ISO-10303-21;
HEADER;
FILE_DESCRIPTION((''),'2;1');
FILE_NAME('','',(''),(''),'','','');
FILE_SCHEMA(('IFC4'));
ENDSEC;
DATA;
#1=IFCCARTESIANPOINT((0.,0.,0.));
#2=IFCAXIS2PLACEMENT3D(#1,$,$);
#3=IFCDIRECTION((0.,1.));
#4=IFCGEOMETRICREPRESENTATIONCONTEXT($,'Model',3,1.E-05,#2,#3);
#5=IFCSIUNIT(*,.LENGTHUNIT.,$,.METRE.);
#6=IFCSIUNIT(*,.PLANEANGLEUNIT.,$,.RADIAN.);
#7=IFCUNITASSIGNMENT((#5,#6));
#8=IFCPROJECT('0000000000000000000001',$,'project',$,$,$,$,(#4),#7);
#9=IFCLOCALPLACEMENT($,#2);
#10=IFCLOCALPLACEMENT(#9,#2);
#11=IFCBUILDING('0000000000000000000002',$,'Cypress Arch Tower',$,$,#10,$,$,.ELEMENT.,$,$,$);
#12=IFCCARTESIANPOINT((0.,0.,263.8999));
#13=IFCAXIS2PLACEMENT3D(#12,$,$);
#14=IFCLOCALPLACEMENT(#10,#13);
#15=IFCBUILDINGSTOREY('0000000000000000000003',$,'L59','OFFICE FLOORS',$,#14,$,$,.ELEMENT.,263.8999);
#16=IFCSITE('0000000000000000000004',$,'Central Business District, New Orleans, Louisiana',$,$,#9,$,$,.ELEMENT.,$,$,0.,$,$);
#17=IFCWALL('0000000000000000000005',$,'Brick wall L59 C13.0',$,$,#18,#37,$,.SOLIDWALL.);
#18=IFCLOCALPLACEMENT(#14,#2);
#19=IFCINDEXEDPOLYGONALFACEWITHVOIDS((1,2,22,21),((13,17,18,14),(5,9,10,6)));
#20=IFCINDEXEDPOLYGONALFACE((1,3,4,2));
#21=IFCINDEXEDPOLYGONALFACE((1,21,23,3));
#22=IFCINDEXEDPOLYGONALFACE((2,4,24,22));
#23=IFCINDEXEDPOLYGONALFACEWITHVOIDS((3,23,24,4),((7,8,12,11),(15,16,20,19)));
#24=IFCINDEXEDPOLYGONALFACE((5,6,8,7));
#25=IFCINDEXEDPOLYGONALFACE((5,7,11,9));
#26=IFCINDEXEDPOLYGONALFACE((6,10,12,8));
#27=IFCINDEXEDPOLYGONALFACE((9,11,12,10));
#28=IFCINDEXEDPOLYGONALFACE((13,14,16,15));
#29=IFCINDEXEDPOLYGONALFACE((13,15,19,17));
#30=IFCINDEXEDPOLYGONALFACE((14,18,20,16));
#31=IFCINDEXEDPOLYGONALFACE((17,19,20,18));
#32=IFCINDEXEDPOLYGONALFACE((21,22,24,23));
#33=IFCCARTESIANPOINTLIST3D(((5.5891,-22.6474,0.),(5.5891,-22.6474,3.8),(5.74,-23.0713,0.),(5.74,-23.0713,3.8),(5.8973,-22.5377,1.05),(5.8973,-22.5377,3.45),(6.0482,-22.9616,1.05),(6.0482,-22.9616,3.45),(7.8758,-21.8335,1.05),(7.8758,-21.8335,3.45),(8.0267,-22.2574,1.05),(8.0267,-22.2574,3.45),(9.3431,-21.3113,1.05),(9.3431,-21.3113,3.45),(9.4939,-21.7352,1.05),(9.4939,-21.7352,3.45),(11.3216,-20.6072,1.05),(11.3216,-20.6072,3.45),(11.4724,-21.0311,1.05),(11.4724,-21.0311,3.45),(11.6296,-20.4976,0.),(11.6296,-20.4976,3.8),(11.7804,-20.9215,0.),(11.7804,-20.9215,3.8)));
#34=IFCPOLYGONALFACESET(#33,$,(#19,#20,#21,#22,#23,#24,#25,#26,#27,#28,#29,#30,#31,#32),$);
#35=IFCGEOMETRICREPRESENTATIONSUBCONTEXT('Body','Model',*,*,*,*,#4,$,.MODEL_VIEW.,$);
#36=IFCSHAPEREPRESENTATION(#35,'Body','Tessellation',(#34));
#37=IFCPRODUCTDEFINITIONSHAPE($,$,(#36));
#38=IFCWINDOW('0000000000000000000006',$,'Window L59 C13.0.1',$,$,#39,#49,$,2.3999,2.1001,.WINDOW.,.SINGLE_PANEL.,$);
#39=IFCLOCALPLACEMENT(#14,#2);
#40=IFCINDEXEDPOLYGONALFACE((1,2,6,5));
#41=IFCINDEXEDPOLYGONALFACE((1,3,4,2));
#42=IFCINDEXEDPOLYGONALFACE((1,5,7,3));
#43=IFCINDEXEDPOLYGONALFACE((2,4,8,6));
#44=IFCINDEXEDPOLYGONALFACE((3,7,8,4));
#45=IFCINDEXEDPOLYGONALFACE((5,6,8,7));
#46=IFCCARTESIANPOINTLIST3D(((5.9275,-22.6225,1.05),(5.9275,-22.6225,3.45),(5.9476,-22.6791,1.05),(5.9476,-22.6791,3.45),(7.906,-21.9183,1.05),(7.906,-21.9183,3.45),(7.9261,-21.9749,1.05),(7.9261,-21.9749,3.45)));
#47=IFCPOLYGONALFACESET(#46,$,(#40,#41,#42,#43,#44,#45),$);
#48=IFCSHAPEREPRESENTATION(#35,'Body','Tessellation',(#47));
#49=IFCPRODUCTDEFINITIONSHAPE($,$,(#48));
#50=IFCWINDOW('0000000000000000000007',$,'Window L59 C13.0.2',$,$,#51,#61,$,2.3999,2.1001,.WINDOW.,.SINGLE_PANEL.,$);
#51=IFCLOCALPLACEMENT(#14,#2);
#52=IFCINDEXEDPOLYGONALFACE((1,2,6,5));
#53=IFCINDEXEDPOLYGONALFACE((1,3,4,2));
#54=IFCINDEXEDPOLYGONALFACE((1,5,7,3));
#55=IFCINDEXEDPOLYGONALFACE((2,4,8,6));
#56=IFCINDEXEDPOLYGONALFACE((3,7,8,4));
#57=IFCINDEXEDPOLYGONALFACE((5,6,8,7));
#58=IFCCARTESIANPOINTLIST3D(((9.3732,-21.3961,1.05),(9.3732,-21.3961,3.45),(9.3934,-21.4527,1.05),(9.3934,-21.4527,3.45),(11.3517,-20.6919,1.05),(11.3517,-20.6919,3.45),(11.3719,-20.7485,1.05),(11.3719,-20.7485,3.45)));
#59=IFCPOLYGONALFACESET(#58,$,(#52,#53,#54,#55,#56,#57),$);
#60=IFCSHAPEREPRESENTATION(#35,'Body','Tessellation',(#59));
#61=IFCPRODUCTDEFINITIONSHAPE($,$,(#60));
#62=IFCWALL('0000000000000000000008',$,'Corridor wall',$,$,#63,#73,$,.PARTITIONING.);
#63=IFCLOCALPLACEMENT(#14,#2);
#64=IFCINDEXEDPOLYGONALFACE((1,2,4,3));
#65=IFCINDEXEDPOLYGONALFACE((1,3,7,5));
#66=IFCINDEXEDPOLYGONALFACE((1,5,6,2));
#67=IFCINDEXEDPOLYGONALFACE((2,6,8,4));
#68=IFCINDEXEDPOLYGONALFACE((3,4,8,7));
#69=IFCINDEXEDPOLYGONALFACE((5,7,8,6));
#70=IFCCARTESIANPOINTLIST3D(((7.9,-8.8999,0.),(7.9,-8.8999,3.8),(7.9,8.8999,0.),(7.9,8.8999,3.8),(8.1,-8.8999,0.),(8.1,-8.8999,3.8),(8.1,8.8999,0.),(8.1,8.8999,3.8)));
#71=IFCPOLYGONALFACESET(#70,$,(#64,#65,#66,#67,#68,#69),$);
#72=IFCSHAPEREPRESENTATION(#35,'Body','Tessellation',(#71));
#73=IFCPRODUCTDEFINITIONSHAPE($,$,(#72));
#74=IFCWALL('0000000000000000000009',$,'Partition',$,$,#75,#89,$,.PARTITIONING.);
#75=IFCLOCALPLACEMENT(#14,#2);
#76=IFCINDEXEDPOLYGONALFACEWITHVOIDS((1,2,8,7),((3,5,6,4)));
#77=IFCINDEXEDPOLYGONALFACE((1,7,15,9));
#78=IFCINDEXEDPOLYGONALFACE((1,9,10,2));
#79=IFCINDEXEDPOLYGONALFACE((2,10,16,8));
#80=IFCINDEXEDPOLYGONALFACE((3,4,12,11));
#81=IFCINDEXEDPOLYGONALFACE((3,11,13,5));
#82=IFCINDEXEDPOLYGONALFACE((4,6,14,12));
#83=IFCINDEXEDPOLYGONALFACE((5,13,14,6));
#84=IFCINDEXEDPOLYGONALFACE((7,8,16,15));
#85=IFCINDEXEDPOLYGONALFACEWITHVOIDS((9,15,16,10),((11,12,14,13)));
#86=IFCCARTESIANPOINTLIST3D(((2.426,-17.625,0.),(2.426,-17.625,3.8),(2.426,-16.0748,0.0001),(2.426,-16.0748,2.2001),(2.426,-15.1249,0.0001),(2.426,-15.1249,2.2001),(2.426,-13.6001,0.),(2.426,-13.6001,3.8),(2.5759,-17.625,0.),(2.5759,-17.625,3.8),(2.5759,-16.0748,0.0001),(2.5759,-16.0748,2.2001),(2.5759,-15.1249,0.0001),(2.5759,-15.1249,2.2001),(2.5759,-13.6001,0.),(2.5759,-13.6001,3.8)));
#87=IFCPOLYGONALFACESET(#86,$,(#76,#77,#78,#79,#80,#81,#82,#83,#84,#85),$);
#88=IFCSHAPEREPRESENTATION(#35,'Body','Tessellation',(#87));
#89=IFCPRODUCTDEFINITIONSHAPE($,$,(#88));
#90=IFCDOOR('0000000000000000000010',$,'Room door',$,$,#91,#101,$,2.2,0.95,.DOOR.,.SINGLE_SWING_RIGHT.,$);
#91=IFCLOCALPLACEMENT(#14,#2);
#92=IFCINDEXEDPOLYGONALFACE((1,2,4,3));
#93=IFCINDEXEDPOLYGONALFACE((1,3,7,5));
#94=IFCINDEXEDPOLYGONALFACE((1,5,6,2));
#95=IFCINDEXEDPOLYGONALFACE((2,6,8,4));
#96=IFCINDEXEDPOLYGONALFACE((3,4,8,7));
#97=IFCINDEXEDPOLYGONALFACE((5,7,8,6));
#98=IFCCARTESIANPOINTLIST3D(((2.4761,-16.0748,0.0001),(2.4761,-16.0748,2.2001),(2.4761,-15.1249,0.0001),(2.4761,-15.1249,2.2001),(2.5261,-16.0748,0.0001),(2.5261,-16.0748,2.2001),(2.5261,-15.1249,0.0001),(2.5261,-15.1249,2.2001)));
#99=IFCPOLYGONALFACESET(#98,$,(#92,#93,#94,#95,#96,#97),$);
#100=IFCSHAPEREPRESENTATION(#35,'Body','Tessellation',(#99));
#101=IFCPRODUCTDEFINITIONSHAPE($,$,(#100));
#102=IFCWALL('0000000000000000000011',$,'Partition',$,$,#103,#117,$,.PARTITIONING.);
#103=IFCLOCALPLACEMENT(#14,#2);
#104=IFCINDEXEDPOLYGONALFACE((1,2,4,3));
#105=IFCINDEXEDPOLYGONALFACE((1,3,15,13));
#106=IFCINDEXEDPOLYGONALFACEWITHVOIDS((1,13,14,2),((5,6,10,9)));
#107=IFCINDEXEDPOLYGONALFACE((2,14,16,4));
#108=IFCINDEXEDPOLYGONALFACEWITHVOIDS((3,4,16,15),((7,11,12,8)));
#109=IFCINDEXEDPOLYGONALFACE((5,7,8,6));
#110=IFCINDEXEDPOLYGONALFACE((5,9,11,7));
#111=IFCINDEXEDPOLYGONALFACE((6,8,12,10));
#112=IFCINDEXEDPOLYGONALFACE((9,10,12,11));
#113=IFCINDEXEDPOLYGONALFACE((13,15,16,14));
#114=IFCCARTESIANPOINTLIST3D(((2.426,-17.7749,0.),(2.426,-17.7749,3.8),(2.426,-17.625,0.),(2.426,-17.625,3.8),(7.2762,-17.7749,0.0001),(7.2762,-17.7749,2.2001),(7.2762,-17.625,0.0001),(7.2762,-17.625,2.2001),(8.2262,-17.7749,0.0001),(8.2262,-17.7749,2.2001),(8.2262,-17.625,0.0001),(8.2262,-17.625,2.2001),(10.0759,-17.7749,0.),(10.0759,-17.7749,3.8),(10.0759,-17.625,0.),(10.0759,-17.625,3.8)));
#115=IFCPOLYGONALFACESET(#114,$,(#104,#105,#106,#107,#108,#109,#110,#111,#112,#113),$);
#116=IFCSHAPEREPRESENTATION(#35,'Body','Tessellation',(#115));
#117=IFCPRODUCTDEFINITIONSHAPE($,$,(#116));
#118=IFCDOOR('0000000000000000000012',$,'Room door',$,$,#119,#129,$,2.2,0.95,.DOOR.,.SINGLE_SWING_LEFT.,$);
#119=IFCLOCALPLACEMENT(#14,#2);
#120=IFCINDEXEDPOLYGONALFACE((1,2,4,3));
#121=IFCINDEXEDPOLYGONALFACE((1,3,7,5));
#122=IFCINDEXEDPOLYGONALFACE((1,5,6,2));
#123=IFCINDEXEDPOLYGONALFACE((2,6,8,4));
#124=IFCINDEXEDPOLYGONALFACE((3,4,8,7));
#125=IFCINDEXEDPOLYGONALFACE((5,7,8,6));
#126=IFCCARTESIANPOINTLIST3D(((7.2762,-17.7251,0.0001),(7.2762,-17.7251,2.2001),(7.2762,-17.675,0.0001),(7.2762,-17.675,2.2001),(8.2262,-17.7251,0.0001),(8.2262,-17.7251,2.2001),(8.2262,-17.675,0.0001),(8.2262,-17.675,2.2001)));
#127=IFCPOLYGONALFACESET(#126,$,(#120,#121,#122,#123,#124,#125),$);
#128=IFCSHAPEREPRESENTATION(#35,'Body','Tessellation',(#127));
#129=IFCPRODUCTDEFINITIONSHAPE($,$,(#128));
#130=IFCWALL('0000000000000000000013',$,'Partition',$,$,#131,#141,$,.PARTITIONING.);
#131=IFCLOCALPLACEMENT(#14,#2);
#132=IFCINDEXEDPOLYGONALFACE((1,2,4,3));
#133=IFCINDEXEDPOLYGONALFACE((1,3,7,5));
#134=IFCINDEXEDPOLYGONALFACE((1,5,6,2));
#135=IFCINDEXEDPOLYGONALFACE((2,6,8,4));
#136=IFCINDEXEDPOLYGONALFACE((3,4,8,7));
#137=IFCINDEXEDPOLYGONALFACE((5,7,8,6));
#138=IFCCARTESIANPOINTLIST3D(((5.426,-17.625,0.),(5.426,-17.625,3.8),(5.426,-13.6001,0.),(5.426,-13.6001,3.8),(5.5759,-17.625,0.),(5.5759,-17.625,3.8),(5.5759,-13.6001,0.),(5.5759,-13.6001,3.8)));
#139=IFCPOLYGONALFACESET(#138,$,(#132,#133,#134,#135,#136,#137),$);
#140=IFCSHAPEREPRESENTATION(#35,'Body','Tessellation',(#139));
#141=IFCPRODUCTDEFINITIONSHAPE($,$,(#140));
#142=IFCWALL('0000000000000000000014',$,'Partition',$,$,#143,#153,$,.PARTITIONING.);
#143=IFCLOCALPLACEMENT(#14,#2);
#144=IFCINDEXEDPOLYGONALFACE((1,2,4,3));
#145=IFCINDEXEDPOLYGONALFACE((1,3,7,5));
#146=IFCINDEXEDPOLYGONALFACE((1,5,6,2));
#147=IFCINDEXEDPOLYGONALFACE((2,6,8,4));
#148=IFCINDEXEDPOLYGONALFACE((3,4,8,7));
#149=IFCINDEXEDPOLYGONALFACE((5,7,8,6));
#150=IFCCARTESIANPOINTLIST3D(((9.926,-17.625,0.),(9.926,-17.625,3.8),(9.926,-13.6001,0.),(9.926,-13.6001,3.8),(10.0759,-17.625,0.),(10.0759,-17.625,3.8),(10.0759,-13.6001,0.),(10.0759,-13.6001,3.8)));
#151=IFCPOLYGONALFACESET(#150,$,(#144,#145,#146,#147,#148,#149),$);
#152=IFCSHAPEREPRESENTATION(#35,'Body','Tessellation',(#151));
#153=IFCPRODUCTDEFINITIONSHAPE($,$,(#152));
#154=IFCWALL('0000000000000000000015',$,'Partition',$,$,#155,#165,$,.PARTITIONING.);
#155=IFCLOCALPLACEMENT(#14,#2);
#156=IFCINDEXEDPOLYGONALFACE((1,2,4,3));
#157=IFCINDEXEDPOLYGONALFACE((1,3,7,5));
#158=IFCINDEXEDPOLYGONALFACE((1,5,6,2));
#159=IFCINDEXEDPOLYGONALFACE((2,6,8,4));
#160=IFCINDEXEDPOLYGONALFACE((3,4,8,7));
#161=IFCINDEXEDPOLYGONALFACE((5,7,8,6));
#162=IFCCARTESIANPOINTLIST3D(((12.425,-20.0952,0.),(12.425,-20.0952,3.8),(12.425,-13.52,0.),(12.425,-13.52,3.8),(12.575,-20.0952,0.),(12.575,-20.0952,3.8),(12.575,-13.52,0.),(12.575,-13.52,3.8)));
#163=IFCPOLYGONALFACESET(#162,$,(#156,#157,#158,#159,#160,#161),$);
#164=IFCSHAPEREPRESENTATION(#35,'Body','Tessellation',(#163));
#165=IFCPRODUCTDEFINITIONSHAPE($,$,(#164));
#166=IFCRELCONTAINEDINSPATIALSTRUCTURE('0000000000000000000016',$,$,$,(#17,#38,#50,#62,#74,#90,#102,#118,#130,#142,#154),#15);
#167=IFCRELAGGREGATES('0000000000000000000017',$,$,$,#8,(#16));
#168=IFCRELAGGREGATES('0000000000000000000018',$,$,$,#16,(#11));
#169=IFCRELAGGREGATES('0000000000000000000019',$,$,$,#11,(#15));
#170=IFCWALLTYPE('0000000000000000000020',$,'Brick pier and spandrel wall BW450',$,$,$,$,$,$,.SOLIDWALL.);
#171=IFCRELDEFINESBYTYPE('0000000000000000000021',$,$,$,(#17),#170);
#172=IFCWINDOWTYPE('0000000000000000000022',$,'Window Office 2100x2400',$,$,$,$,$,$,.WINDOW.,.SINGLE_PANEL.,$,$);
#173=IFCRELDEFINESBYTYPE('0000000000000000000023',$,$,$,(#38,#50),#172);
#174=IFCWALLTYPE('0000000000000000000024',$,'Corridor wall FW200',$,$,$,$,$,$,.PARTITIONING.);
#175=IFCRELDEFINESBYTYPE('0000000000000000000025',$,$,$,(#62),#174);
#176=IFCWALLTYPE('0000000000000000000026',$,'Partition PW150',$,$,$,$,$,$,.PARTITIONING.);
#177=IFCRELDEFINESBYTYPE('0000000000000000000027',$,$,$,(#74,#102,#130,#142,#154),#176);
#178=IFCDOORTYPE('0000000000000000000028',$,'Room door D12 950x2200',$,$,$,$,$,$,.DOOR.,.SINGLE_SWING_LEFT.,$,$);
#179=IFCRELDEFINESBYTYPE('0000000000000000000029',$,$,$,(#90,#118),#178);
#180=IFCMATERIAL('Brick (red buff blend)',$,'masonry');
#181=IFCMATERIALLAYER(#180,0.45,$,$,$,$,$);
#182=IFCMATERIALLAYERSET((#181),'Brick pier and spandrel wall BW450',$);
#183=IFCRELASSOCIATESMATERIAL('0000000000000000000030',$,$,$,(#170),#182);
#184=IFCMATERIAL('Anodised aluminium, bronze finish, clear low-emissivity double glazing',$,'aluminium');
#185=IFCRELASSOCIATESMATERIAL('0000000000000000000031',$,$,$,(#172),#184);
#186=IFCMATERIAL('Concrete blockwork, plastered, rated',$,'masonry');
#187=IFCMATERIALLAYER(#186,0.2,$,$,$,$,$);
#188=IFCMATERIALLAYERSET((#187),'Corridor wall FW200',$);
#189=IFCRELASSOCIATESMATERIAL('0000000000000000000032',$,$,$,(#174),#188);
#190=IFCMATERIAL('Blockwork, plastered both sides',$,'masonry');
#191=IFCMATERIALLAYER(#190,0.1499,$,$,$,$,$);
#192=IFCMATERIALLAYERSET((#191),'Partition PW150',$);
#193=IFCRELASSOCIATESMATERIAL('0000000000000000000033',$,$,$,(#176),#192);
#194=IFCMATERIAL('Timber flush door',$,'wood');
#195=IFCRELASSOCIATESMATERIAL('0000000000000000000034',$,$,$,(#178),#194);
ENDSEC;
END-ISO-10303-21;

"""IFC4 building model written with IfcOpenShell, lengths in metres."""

from ifc_helpers import new_model, si_unit, direction, frame, frame_2d, origin, place, context, subcontext, project, spatial, rectangle, extrude, material, layer, layer_set, type_object, element, fill, save


model = new_model("IFC4")

# Units and contexts
model_context = context("Model", 3, precision=1e-05, world=origin(), true_north=direction((0.0, 1.0)))
body_context = subcontext(model_context, "Body", "Model", "MODEL_VIEW")
ifc_project = project(units=[si_unit("LENGTHUNIT", "METRE"), si_unit("PLANEANGLEUNIT", "RADIAN")], contexts=[model_context])

# Site, building, storey
site_placement = place(None, origin())
site = spatial("IfcSite", under=ifc_project, at=site_placement, Name="Central Business District, New Orleans, Louisiana", CompositionType="ELEMENT", RefElevation=0.0)
building_placement = place(site_placement, origin())
building = spatial("IfcBuilding", under=site, at=building_placement, Name="Cypress Arch Tower", CompositionType="ELEMENT")
storey_placement = place(building_placement, frame((0.0, 0.0, 263.8999)))
storey = spatial("IfcBuildingStorey", under=building, at=storey_placement, Name="L59", Description="OFFICE FLOORS", CompositionType="ELEMENT", Elevation=263.8999)

# Wall, openings, windows
ifc_material_1 = material(Name="Brick (red buff blend)", Category="masonry")
ifc_layer_1 = layer(ifc_material_1, 0.45)
ifc_layer_set_1 = layer_set([ifc_layer_1], Name="Brick pier and spandrel wall BW450")
wall_type_1 = type_object("IfcWallType", Name="Brick pier and spandrel wall BW450", PredefinedType="SOLIDWALL", material=ifc_layer_set_1)
wall_1_placement = place(storey_placement, frame((5.6646, -22.8594, 0.0), z_axis=(0.0, 0.0, 1.0), x_axis=(0.942108, 0.335309, 0.0)))
wall_1 = element("IfcWall", 1, at=wall_1_placement, inside=storey, type_object=wall_type_1, Name="Brick wall L59 C13.0", PredefinedType="SOLIDWALL", context=body_context, shape_type="SweptSolid", body=[
    extrude(rectangle(XDim=6.4116, YDim=0.45, at=frame_2d((3.2058, 0.0))), origin(), (0.0, 0.0, 1.0), 3.8),
])
opening_1_placement = place(wall_1_placement, frame((0.3271, 0.0, 1.05)))
opening_1 = element("IfcOpeningElement", 2, at=opening_1_placement, cuts=wall_1, PredefinedType="OPENING", context=body_context, shape_type="SweptSolid", body=[
    extrude(rectangle(XDim=2.1001, YDim=2.3999, at=frame_2d((1.05, 1.2))), frame((0.0, 0.2349, 0.0), z_axis=(0.0, -1.0, 0.0), x_axis=(1.0, 0.0, 0.0)), (0.0, 0.0, 1.0), 0.47),
])
opening_2_placement = place(wall_1_placement, frame((3.9846, 0.0, 1.05)))
opening_2 = element("IfcOpeningElement", 3, at=opening_2_placement, cuts=wall_1, PredefinedType="OPENING", context=body_context, shape_type="SweptSolid", body=[
    extrude(rectangle(XDim=2.1001, YDim=2.3999, at=frame_2d((1.05, 1.2))), frame((0.0, 0.2349, 0.0), z_axis=(0.0, -1.0, 0.0), x_axis=(1.0, 0.0, 0.0)), (0.0, 0.0, 1.0), 0.47),
])
ifc_material_2 = material(Name="Anodised aluminium, bronze finish, clear low-emissivity double glazing", Category="aluminium")
window_type = type_object("IfcWindowType", Name="Window Office 2100x2400", PartitioningType="SINGLE_PANEL", PredefinedType="WINDOW", material=ifc_material_2)
window_1_placement = place(opening_1_placement, origin())
window_1 = element("IfcWindow", 4, at=window_1_placement, inside=storey, type_object=window_type, Name="Window L59 C13.0.1", OverallHeight=2.3999, OverallWidth=2.1001, PartitioningType="SINGLE_PANEL", PredefinedType="WINDOW", context=body_context, shape_type="SweptSolid", body=[
    extrude(rectangle(XDim=2.1001, YDim=2.3999, at=frame_2d((1.05, 1.2))), frame((0.0, 0.135, 0.0), z_axis=(0.0, -1.0, 0.0), x_axis=(1.0, 0.0, 0.0)), (0.0, 0.0, 1.0), 0.0601),
])
fill(opening_1, window_1)
window_2_placement = place(opening_2_placement, origin())
window_2 = element("IfcWindow", 5, at=window_2_placement, inside=storey, type_object=window_type, Name="Window L59 C13.0.2", OverallHeight=2.3999, OverallWidth=2.1001, PartitioningType="SINGLE_PANEL", PredefinedType="WINDOW", context=body_context, shape_type="SweptSolid", body=[
    extrude(rectangle(XDim=2.1001, YDim=2.3999, at=frame_2d((1.05, 1.2))), frame((0.0, 0.135, 0.0), z_axis=(0.0, -1.0, 0.0), x_axis=(1.0, 0.0, 0.0)), (0.0, 0.0, 1.0), 0.0601),
])
fill(opening_2, window_2)

# Wall
ifc_material_3 = material(Name="Concrete blockwork, plastered, rated", Category="masonry")
ifc_layer_2 = layer(ifc_material_3, 0.2)
ifc_layer_set_2 = layer_set([ifc_layer_2], Name="Corridor wall FW200")
wall_type_2 = type_object("IfcWallType", Name="Corridor wall FW200", PredefinedType="PARTITIONING", material=ifc_layer_set_2)
wall_2_placement = place(storey_placement, frame((8.0, -8.8999, 0.0), z_axis=(0.0, 0.0, 1.0), x_axis=(0.0, 1.0, 0.0)))
element("IfcWall", 6, at=wall_2_placement, inside=storey, type_object=wall_type_2, Name="Corridor wall", PredefinedType="PARTITIONING", context=body_context, shape_type="SweptSolid", body=[
    extrude(rectangle(XDim=17.7998, YDim=0.2, at=frame_2d((8.8999, 0.0))), origin(), (0.0, 0.0, 1.0), 3.8),
])

# Walls, openings, doors
ifc_material_4 = material(Name="Blockwork, plastered both sides", Category="masonry")
ifc_layer_3 = layer(ifc_material_4, 0.1499)
ifc_layer_set_3 = layer_set([ifc_layer_3], Name="Partition PW150")
wall_type_3 = type_object("IfcWallType", Name="Partition PW150", PredefinedType="PARTITIONING", material=ifc_layer_set_3)
wall_3_placement = place(storey_placement, frame((2.501, -17.625, 0.0), z_axis=(0.0, 0.0, 1.0), x_axis=(0.0, 1.0, 0.0)))
wall_3 = element("IfcWall", 7, at=wall_3_placement, inside=storey, type_object=wall_type_3, Name="Partition", PredefinedType="PARTITIONING", context=body_context, shape_type="SweptSolid", body=[
    extrude(rectangle(XDim=4.0249, YDim=0.1499, at=frame_2d((2.0125, 0.0))), origin(), (0.0, 0.0, 1.0), 3.8),
])
opening_3_placement = place(wall_3_placement, frame((1.55, 0.0, 0.0)))
opening_3 = element("IfcOpeningElement", 8, at=opening_3_placement, cuts=wall_3, PredefinedType="OPENING", context=body_context, shape_type="SweptSolid", body=[
    extrude(rectangle(XDim=0.95, YDim=2.2, at=frame_2d((0.4751, 1.1001))), frame((0.0, 0.085, 0.0), z_axis=(0.0, -1.0, 0.0), x_axis=(1.0, 0.0, 0.0)), (0.0, 0.0, 1.0), 0.1699),
])
ifc_material_5 = material(Name="Timber flush door", Category="wood")
door_type = type_object("IfcDoorType", Name="Room door D12 950x2200", OperationType="SINGLE_SWING_LEFT", PredefinedType="DOOR", material=ifc_material_5)
door_1_placement = place(opening_3_placement, origin())
door_1 = element("IfcDoor", 9, at=door_1_placement, inside=storey, type_object=door_type, Name="Room door", OperationType="SINGLE_SWING_RIGHT", OverallHeight=2.2, OverallWidth=0.95, PredefinedType="DOOR", context=body_context, shape_type="SweptSolid", body=[
    extrude(rectangle(XDim=0.95, YDim=2.2, at=frame_2d((0.4751, 1.1001))), frame((0.0, 0.0249, 0.0), z_axis=(0.0, -1.0, 0.0), x_axis=(1.0, 0.0, 0.0)), (0.0, 0.0, 1.0), 0.05),
])
fill(opening_3, door_1)
wall_4_placement = place(storey_placement, frame((2.426, -17.7, 0.0), z_axis=(0.0, 0.0, 1.0), x_axis=(1.0, 0.0, 0.0)))
wall_4 = element("IfcWall", 10, at=wall_4_placement, inside=storey, type_object=wall_type_3, Name="Partition", PredefinedType="PARTITIONING", context=body_context, shape_type="SweptSolid", body=[
    extrude(rectangle(XDim=7.6499, YDim=0.1499, at=frame_2d((3.825, 0.0))), origin(), (0.0, 0.0, 1.0), 3.8),
])
opening_4_placement = place(wall_4_placement, frame((4.8501, 0.0, 0.0)))
opening_4 = element("IfcOpeningElement", 11, at=opening_4_placement, cuts=wall_4, PredefinedType="OPENING", context=body_context, shape_type="SweptSolid", body=[
    extrude(rectangle(XDim=0.95, YDim=2.2, at=frame_2d((0.4751, 1.1001))), frame((0.0, 0.085, 0.0), z_axis=(0.0, -1.0, 0.0), x_axis=(1.0, 0.0, 0.0)), (0.0, 0.0, 1.0), 0.1699),
])
door_2_placement = place(opening_4_placement, origin())
door_2 = element("IfcDoor", 12, at=door_2_placement, inside=storey, type_object=door_type, Name="Room door", OperationType="SINGLE_SWING_LEFT", OverallHeight=2.2, OverallWidth=0.95, PredefinedType="DOOR", context=body_context, shape_type="SweptSolid", body=[
    extrude(rectangle(XDim=0.95, YDim=2.2, at=frame_2d((0.4751, 1.1001))), frame((0.0, 0.0249, 0.0), z_axis=(0.0, -1.0, 0.0), x_axis=(1.0, 0.0, 0.0)), (0.0, 0.0, 1.0), 0.05),
])
fill(opening_4, door_2)

# Walls
for number, where, z_axis, x_axis, name in (
    (13, (5.501, -17.625, 0.0), (0.0, 0.0, 1.0), (0.0, 1.0, 0.0), "Partition"),
    (14, (10.001, -17.625, 0.0), (0.0, 0.0, 1.0), (0.0, 1.0, 0.0), "Partition"),
):
    element("IfcWall", number, at=place(storey_placement, frame(where, z_axis=z_axis, x_axis=x_axis)), inside=storey, type_object=wall_type_3, Name=name, PredefinedType="PARTITIONING", context=body_context, shape_type="SweptSolid", body=[
        extrude(rectangle(XDim=4.0249, YDim=0.1499, at=frame_2d((2.0125, 0.0))), origin(), (0.0, 0.0, 1.0), 3.8),
    ])
wall_5_placement = place(storey_placement, frame((12.5, -20.0952, 0.0), z_axis=(0.0, 0.0, 1.0), x_axis=(0.0, 1.0, 0.0)))
element("IfcWall", 15, at=wall_5_placement, inside=storey, type_object=wall_type_3, Name="Partition", PredefinedType="PARTITIONING", context=body_context, shape_type="SweptSolid", body=[
    extrude(rectangle(XDim=6.5752, YDim=0.1499, at=frame_2d((3.2876, 0.0))), origin(), (0.0, 0.0, 1.0), 3.8),
])

save(model, "model.ifc")
